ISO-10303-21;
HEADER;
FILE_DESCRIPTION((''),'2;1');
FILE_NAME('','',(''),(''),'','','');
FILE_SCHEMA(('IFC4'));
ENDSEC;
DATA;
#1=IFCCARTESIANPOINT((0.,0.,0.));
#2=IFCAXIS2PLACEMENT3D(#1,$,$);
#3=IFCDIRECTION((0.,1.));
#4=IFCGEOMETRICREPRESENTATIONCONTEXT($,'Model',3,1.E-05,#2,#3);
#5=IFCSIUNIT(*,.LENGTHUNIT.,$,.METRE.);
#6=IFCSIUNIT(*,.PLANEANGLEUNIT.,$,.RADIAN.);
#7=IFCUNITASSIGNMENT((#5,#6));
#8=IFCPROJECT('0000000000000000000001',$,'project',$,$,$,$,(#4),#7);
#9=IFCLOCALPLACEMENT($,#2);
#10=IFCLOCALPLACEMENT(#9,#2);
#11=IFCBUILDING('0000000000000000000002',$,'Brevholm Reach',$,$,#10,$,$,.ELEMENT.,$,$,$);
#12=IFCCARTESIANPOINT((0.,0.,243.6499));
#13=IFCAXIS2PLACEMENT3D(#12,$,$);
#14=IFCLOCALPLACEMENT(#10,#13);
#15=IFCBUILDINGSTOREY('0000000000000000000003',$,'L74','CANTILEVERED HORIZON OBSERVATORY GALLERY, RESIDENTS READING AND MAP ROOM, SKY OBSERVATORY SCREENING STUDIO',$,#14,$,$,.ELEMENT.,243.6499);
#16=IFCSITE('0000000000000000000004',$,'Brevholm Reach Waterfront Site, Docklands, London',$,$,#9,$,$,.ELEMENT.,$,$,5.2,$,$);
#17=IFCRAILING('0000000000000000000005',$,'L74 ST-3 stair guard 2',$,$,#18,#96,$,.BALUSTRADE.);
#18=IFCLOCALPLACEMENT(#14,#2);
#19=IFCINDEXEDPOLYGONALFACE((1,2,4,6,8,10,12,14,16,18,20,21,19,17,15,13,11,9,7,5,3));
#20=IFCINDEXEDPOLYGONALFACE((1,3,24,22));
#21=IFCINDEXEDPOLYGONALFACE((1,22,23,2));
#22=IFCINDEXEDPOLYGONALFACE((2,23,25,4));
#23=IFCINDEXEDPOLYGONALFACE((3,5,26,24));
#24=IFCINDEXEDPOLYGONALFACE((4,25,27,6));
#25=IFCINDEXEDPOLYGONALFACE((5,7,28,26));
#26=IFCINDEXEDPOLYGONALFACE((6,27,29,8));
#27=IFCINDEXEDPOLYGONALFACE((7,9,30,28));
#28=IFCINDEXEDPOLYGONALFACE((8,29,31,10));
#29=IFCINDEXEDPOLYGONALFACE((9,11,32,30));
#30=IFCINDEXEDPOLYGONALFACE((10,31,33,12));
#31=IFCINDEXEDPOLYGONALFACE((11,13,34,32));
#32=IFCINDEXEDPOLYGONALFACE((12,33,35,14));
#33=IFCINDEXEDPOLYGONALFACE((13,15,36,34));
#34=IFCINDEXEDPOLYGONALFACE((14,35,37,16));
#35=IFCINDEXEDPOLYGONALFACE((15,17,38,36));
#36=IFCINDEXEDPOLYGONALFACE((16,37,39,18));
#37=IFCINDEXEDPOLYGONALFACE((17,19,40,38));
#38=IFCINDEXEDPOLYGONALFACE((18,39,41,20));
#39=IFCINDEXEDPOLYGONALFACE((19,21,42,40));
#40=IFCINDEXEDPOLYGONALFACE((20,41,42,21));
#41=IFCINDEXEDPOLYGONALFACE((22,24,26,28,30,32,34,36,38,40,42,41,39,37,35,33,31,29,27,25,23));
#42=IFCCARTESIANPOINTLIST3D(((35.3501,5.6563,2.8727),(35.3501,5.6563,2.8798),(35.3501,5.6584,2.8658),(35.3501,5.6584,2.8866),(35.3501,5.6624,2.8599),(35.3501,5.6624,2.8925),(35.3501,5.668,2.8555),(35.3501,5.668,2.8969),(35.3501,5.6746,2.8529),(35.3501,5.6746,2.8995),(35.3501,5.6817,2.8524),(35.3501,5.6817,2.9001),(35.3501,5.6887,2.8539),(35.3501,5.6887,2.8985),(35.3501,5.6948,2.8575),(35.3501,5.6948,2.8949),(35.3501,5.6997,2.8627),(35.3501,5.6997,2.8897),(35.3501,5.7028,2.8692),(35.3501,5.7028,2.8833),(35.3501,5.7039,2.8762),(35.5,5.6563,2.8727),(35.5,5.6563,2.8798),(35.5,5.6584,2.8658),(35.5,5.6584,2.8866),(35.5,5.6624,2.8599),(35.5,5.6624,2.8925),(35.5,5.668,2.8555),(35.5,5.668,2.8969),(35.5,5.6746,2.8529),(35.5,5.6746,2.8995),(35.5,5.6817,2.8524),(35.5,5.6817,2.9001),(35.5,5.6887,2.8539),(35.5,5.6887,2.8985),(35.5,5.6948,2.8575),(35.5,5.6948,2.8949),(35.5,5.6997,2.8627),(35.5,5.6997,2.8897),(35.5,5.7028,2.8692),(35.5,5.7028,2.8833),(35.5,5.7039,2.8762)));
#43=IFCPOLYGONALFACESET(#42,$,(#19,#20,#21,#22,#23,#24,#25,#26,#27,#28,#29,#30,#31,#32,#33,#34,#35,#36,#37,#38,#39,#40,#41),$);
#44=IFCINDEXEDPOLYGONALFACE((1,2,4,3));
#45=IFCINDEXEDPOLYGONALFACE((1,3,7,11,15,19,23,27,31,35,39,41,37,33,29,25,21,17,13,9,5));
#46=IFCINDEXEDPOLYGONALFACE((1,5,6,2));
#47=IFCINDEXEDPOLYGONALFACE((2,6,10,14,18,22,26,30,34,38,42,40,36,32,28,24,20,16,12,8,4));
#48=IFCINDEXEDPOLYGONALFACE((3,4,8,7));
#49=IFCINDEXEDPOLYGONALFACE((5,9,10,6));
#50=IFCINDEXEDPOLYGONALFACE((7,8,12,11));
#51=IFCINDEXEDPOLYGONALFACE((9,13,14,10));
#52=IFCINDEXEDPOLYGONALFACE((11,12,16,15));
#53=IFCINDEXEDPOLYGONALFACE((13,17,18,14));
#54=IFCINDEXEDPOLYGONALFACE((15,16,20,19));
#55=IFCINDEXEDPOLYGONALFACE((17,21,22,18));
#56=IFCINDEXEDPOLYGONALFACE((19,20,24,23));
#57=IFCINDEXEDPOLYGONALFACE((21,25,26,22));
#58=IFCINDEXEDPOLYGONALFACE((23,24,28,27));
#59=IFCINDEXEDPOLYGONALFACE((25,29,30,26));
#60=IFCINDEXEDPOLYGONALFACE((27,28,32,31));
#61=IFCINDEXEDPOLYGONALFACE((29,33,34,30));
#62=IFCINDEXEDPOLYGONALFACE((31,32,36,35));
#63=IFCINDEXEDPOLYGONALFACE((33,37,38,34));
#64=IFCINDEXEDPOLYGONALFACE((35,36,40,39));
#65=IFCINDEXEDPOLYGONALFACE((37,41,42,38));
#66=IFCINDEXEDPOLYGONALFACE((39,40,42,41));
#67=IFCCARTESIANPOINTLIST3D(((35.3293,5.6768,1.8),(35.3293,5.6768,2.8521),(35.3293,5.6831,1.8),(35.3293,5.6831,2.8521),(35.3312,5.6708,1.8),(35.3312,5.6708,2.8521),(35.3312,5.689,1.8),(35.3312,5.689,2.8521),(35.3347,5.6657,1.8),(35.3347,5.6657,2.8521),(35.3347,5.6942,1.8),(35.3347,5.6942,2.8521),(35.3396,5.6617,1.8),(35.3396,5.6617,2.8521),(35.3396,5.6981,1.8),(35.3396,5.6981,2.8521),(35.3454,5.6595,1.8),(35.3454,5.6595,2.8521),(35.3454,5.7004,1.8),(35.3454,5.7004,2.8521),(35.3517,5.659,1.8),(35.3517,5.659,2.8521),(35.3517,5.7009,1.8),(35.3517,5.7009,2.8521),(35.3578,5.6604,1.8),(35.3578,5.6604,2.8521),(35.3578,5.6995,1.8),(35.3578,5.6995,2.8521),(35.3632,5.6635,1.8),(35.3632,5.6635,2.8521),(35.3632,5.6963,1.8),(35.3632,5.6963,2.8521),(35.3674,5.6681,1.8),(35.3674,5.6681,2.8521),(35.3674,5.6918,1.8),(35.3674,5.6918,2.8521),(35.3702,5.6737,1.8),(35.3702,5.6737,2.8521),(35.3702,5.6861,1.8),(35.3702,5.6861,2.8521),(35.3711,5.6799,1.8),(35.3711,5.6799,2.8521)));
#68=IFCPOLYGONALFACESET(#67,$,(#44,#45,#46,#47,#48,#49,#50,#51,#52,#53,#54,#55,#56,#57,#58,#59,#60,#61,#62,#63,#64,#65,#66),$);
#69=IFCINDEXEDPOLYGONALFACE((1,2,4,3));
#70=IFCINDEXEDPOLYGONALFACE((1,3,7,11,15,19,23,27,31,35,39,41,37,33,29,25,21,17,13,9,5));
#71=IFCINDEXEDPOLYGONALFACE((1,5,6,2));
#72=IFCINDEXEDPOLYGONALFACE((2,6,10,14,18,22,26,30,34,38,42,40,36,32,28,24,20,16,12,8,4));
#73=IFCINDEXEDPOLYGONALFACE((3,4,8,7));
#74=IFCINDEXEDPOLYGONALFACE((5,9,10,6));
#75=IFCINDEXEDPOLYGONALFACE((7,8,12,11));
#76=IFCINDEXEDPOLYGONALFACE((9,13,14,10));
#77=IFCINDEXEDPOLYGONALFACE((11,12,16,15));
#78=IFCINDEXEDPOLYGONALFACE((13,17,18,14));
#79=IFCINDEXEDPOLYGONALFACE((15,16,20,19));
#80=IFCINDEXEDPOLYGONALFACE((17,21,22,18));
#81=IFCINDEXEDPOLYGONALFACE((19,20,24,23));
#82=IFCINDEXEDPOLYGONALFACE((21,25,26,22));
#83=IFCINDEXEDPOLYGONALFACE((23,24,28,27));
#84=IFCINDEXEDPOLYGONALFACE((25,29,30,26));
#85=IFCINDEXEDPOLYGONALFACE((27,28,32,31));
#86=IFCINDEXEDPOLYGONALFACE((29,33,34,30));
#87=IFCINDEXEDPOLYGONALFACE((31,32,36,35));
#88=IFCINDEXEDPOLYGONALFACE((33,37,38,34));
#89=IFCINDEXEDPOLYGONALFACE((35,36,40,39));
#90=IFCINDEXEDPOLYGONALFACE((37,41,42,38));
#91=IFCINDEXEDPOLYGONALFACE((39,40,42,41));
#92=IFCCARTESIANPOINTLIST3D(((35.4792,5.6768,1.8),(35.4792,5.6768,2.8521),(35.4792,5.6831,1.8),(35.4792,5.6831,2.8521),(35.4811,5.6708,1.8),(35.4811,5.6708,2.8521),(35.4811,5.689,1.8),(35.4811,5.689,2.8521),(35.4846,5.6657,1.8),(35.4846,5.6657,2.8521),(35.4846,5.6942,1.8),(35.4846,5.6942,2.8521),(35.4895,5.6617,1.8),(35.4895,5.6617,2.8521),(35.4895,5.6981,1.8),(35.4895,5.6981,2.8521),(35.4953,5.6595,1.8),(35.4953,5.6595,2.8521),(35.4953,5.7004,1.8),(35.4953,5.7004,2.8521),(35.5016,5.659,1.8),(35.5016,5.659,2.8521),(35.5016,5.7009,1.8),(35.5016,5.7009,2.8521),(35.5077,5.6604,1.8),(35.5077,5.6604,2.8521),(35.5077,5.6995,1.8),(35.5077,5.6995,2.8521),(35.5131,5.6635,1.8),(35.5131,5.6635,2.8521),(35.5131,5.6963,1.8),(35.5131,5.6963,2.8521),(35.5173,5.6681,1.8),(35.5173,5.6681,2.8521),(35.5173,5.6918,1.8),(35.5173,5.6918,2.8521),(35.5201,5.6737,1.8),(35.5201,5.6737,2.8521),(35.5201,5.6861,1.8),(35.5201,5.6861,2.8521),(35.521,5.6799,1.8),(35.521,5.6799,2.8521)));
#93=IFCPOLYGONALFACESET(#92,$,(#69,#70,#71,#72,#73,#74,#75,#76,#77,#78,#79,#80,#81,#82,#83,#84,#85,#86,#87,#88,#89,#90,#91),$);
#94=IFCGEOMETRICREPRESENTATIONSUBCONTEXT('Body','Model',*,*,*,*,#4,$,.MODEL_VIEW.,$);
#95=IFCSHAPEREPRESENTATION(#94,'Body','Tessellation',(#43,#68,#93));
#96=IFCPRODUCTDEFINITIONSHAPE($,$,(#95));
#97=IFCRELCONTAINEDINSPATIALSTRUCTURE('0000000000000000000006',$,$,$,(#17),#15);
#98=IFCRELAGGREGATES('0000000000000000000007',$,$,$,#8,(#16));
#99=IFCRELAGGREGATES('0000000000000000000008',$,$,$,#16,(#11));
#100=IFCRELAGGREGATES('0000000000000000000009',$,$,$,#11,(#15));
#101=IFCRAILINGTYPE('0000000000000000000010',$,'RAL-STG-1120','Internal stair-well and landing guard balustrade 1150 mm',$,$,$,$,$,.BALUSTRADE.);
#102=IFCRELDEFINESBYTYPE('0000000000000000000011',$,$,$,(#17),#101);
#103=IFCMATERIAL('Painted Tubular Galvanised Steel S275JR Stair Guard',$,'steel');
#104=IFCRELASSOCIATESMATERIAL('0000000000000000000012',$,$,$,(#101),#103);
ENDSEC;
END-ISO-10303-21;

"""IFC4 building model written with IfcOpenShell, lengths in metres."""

from ifc_helpers import new_model, si_unit, direction, frame, origin, origin_2d, place, context, subcontext, project, spatial, circle, extrude, material, type_object, element, save


model = new_model("IFC4")

# Units and contexts
model_context = context("Model", 3, precision=1e-05, world=origin(), true_north=direction((0.0, 1.0)))
body_context = subcontext(model_context, "Body", "Model", "MODEL_VIEW")
ifc_project = project(units=[si_unit("LENGTHUNIT", "METRE"), si_unit("PLANEANGLEUNIT", "RADIAN")], contexts=[model_context])

# Site, building, storey
site_placement = place(None, origin())
site = spatial("IfcSite", under=ifc_project, at=site_placement, Name="Brevholm Reach Waterfront Site, Docklands, London", CompositionType="ELEMENT", RefElevation=5.2)
building_placement = place(site_placement, origin())
building = spatial("IfcBuilding", under=site, at=building_placement, Name="Brevholm Reach", CompositionType="ELEMENT")
storey_placement = place(building_placement, frame((0.0, 0.0, 243.6499)))
storey = spatial("IfcBuildingStorey", under=building, at=storey_placement, Name="L74", Description="CANTILEVERED HORIZON OBSERVATORY GALLERY, RESIDENTS READING AND MAP ROOM, SKY OBSERVATORY SCREENING STUDIO", CompositionType="ELEMENT", Elevation=243.6499)

# Railing
ifc_material_1 = material(Name="Painted Tubular Galvanised Steel S275JR Stair Guard", Category="steel")
railing_type_1 = type_object("IfcRailingType", Name="RAL-STG-1120", Description="Internal stair-well and landing guard balustrade 1150 mm", PredefinedType="BALUSTRADE", material=ifc_material_1)
railing_1_placement = place(storey_placement, frame((35.3501, 5.6799, 1.8)))
element("IfcRailing", 1, at=railing_1_placement, inside=storey, type_object=railing_type_1, Name="L74 ST-3 stair guard 2", PredefinedType="BALUSTRADE", context=body_context, shape_type="SweptSolid", body=[
    extrude(circle(Radius=0.0239, at=origin_2d()), frame((0.0, 0.0, 1.0762), z_axis=(1.0, 0.0, 0.0), x_axis=(0.0, 1.0, 0.0)), (0.0, 0.0, 1.0), 0.1499),
    extrude(circle(Radius=0.021, at=origin_2d()), origin(), (0.0, 0.0, 1.0), 1.052),
    extrude(circle(Radius=0.021, at=origin_2d()), frame((0.1499, 0.0, 0.0)), (0.0, 0.0, 1.0), 1.052),
])

save(model, "model.ifc")
